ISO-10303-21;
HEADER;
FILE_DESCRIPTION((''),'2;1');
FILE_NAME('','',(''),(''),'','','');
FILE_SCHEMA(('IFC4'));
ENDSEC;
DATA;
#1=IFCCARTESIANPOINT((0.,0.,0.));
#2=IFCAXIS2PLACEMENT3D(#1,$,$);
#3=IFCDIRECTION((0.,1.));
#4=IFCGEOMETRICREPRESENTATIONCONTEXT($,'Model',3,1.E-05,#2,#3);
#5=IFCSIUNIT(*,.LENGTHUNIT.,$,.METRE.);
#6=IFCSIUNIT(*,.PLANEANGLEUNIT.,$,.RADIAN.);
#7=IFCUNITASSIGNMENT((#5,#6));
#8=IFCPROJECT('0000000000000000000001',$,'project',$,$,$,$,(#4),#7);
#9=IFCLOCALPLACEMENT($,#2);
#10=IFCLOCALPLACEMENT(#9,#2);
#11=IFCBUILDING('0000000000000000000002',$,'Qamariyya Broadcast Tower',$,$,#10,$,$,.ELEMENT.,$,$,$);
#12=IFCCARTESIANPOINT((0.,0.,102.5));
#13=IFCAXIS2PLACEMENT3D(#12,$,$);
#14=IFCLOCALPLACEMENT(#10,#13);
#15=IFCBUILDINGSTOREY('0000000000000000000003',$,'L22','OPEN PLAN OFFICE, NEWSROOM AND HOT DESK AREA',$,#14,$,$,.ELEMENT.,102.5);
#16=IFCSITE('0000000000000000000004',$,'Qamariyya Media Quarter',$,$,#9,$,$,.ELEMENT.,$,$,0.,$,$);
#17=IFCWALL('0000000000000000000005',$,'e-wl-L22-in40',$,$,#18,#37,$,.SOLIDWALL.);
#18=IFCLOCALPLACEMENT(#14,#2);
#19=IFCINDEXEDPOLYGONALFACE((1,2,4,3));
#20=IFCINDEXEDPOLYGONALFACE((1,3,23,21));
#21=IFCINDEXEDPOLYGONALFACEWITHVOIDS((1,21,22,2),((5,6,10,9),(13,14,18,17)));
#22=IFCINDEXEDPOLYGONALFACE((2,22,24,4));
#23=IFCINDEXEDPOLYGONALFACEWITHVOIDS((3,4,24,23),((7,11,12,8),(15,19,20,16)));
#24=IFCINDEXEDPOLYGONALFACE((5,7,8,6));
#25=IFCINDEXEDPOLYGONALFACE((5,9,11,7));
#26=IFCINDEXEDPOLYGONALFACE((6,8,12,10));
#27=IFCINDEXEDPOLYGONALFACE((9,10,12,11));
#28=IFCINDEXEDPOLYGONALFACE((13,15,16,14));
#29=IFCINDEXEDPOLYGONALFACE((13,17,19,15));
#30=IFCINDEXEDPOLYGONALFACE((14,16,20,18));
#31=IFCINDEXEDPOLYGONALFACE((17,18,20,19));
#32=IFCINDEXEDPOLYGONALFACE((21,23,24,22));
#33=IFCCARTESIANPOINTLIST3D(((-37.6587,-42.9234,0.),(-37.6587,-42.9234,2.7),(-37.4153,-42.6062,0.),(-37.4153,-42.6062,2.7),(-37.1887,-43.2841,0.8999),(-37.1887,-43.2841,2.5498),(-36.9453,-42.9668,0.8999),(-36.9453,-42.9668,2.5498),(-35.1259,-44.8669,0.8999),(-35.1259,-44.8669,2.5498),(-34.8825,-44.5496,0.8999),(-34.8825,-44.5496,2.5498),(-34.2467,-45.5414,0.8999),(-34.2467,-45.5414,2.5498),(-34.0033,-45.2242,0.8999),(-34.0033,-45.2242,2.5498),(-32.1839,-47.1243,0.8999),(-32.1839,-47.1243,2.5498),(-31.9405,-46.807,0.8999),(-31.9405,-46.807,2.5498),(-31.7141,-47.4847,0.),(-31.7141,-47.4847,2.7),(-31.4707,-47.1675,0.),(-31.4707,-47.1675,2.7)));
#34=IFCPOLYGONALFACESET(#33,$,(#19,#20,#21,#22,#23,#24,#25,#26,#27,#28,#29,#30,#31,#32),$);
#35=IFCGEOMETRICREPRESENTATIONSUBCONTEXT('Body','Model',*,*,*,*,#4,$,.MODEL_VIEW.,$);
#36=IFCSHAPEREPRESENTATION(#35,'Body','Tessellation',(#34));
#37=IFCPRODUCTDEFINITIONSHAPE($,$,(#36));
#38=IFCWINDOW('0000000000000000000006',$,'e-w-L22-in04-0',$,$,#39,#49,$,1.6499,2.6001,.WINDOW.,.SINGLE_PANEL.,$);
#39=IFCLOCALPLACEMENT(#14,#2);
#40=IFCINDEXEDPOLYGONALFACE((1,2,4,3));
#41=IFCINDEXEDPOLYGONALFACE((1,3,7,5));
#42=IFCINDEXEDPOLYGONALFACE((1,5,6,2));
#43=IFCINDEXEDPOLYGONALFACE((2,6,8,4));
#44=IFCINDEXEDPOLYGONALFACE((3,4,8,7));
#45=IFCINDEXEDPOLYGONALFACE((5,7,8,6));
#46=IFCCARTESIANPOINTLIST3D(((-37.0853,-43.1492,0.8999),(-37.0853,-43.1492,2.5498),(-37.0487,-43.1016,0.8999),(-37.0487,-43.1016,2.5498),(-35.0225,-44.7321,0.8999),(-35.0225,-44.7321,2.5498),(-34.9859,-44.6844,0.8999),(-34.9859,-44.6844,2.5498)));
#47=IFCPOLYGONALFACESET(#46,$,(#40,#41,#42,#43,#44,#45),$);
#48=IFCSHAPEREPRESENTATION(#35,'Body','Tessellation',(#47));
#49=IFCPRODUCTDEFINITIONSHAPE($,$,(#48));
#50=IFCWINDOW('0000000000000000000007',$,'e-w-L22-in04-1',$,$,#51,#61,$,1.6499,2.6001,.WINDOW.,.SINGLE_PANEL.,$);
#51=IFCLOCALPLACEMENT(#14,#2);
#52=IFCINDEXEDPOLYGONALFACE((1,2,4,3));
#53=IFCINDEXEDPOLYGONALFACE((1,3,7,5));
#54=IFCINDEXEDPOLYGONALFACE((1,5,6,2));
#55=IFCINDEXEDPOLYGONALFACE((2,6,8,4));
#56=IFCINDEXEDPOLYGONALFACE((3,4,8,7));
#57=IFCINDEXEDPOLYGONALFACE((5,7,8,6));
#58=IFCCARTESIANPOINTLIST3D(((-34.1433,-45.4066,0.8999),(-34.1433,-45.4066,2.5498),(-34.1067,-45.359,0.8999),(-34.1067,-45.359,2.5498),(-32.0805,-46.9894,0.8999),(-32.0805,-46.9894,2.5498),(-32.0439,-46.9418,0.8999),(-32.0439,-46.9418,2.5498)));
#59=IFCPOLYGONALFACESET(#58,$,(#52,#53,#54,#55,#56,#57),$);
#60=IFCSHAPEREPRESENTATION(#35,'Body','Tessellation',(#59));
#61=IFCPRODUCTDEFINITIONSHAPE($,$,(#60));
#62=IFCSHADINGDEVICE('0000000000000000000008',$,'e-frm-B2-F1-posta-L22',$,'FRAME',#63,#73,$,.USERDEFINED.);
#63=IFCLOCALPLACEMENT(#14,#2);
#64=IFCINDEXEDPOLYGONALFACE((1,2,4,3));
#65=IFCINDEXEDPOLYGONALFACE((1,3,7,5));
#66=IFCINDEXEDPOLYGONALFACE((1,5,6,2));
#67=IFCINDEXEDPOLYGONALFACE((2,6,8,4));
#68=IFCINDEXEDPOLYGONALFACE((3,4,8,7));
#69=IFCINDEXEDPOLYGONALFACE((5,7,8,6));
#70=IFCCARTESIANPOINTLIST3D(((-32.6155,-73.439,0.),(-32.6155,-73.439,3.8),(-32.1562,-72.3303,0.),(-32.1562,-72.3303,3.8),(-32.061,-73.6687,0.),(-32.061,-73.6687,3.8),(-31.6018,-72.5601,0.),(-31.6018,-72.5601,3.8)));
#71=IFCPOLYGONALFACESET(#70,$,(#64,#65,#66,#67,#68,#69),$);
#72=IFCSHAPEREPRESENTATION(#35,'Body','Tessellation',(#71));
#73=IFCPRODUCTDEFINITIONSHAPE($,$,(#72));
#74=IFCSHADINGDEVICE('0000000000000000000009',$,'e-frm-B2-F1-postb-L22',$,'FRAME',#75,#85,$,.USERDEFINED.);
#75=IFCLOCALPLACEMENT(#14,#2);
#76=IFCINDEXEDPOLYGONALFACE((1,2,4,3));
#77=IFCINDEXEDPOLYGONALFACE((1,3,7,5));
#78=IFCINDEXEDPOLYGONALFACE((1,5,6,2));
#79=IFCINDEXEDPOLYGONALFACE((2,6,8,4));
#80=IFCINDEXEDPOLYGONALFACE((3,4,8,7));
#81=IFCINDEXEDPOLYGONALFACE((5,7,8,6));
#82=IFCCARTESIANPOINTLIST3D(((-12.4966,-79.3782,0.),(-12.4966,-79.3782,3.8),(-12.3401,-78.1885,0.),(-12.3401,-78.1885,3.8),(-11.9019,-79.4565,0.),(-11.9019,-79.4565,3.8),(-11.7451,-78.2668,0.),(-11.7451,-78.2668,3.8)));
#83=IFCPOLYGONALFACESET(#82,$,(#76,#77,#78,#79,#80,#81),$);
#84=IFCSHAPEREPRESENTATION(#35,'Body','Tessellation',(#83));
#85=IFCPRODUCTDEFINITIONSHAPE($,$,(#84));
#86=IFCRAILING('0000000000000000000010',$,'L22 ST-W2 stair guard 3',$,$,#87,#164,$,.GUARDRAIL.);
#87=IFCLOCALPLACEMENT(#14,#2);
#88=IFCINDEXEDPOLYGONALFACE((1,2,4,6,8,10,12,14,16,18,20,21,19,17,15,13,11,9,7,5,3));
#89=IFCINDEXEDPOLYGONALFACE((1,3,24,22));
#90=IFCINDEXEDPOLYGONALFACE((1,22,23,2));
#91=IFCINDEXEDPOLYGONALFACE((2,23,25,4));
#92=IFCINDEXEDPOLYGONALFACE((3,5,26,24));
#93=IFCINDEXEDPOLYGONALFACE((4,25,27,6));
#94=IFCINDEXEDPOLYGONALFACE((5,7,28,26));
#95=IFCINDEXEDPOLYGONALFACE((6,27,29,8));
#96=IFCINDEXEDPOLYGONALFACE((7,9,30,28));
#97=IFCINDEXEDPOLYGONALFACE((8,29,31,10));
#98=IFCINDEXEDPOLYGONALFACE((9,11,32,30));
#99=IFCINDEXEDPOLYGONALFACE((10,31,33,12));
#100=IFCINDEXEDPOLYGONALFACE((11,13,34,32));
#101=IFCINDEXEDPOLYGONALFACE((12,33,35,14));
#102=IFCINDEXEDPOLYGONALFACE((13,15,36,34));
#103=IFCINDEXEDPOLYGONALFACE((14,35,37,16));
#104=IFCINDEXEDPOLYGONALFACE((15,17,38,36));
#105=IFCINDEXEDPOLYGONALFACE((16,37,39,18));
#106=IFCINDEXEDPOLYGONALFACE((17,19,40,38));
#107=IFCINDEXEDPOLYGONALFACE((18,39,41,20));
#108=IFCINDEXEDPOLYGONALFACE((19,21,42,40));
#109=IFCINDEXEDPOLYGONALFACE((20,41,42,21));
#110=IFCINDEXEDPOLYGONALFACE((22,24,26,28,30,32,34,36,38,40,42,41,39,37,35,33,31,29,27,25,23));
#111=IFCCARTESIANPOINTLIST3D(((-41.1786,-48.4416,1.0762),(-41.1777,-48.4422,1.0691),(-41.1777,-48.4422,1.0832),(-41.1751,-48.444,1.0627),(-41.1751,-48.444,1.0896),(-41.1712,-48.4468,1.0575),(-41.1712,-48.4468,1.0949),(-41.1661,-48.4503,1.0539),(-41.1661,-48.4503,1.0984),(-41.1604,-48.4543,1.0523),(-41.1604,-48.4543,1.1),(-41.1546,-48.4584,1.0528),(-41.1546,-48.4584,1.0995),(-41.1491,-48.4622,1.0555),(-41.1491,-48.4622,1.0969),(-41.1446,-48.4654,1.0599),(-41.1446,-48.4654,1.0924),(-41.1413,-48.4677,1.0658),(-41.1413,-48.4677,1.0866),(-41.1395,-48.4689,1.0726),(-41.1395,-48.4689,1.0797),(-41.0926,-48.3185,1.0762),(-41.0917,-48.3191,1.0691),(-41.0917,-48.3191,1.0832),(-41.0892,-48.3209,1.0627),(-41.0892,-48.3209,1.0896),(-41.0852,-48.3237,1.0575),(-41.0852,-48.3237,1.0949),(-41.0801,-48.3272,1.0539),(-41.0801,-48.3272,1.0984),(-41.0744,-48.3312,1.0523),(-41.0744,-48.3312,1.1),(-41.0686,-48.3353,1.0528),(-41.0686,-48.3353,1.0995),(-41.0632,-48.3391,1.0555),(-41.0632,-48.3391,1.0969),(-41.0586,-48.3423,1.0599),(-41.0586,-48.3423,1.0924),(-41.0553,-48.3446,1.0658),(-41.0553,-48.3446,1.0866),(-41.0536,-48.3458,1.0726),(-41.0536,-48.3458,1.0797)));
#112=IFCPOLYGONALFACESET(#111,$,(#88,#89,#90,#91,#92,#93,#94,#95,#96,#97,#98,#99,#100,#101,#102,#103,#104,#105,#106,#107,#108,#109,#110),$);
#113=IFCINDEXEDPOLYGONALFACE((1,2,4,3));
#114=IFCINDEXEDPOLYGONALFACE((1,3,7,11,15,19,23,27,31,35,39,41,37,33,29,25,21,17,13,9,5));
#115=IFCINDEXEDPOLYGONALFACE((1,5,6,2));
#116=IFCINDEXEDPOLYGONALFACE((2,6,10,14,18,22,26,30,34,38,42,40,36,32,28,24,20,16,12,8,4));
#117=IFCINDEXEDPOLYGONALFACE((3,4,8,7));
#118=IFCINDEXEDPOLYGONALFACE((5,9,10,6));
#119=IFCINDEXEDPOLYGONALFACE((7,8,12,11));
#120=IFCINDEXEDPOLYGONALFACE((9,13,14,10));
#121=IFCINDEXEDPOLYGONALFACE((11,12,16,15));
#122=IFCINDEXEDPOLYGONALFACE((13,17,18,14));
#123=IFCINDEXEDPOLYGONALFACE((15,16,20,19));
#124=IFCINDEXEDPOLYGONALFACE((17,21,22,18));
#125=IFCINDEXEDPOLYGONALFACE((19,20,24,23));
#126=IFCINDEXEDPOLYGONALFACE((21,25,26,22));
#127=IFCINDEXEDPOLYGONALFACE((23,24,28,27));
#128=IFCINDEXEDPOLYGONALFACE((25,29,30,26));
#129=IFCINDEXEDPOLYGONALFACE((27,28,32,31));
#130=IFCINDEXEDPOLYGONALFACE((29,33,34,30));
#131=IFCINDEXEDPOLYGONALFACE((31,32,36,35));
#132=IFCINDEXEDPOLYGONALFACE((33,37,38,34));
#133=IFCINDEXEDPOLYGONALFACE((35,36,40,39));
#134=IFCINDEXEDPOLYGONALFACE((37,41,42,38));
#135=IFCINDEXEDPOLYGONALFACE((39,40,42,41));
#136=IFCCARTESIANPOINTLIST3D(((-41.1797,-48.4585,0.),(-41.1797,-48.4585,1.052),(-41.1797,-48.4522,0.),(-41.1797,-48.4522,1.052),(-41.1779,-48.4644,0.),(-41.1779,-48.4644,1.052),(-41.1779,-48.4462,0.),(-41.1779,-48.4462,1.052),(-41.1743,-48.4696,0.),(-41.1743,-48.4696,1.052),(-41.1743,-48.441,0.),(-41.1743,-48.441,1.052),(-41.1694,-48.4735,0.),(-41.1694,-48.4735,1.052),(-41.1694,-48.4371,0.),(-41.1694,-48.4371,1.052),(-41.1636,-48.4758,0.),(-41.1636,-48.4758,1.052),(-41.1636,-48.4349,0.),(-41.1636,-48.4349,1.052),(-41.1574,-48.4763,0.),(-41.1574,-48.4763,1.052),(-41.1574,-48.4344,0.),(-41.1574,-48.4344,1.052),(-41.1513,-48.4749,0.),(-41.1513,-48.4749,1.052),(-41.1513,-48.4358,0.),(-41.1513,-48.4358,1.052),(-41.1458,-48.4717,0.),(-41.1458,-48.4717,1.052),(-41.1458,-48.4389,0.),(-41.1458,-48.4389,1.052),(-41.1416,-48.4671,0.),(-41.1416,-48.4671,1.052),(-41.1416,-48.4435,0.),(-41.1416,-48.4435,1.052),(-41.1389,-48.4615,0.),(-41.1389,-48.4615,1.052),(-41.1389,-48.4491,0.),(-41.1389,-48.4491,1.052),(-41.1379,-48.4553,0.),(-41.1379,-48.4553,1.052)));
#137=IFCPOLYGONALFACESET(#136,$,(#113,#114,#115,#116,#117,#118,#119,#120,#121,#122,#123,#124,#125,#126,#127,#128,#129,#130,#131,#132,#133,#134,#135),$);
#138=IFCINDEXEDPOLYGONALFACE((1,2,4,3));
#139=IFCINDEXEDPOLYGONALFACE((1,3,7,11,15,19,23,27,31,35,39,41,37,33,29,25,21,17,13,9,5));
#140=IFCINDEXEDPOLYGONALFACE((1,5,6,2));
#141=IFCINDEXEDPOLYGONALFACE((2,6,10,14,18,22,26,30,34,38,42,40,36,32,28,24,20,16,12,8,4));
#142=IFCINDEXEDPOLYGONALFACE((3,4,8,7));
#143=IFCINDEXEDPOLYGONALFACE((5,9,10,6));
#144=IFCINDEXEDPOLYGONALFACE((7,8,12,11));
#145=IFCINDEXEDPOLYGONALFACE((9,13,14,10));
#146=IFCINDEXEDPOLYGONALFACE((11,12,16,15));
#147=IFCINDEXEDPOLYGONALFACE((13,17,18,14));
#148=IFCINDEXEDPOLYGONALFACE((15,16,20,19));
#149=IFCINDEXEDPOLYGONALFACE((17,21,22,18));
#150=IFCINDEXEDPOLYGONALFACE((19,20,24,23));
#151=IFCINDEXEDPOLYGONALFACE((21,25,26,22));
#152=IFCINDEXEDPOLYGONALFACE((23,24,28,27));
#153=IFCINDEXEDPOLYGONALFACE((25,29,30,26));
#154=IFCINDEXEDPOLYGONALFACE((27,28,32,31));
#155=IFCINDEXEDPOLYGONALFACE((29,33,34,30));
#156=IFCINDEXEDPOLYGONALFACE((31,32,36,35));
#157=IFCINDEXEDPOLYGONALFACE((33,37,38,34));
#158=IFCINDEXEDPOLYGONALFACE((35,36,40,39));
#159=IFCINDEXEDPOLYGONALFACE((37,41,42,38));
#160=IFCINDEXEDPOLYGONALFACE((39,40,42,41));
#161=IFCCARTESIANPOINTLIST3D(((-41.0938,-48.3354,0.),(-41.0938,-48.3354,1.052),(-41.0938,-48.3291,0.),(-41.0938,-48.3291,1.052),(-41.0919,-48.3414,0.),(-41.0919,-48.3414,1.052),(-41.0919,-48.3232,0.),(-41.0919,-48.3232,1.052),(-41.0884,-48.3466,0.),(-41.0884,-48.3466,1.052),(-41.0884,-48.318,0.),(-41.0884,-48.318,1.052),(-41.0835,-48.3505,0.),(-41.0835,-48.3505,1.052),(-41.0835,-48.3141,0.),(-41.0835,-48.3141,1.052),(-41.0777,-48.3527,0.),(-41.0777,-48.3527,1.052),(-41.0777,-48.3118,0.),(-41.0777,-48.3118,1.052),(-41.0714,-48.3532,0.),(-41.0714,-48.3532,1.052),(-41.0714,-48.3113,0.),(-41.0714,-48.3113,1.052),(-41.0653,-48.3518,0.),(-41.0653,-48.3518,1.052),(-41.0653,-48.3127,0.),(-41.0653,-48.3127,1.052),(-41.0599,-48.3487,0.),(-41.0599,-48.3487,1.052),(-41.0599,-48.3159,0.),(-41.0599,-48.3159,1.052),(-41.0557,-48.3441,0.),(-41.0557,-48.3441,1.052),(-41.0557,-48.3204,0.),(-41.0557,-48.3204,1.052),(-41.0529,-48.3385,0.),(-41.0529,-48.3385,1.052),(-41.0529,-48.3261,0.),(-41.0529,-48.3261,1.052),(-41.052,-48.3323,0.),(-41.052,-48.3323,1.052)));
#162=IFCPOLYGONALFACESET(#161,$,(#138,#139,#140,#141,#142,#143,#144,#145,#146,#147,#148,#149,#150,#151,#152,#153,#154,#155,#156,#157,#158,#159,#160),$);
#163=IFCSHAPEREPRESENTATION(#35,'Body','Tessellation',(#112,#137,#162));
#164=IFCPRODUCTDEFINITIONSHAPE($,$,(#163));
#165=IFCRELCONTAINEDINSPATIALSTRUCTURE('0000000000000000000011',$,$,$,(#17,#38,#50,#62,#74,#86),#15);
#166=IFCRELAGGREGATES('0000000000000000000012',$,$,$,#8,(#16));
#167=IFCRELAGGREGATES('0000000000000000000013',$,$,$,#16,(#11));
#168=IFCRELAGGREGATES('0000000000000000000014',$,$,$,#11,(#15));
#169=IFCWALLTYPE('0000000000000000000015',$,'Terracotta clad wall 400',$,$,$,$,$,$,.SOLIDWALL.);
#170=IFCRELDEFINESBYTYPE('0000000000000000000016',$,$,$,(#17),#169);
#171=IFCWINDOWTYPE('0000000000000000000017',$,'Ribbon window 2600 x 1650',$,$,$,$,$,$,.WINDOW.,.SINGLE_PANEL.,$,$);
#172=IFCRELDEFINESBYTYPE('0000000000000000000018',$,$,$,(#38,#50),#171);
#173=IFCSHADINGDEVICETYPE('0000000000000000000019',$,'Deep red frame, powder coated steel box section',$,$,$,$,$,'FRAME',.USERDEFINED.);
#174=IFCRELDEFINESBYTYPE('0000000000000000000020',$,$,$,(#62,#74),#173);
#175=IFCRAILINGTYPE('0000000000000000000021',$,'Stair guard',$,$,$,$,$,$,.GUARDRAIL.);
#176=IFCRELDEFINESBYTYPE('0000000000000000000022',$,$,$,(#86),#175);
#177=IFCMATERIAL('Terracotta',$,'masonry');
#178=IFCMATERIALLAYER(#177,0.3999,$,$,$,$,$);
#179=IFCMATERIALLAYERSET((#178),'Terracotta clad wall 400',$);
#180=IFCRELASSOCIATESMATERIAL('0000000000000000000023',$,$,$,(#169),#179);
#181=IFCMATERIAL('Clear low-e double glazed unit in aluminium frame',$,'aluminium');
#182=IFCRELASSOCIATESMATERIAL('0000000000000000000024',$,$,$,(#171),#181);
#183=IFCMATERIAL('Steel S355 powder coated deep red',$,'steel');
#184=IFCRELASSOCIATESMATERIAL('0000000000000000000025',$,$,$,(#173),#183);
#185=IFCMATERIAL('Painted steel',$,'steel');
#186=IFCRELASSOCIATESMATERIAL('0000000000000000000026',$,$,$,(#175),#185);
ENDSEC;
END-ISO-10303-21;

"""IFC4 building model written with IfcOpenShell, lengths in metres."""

from ifc_helpers import new_model, si_unit, direction, frame, frame_2d, origin, origin_2d, place, context, subcontext, project, spatial, polyline, rectangle, circle, outline, extrude, material, layer, layer_set, type_object, element, fill, save


model = new_model("IFC4")

# Units and contexts
model_context = context("Model", 3, precision=1e-05, world=origin(), true_north=direction((0.0, 1.0)))
body_context = subcontext(model_context, "Body", "Model", "MODEL_VIEW")
ifc_project = project(units=[si_unit("LENGTHUNIT", "METRE"), si_unit("PLANEANGLEUNIT", "RADIAN")], contexts=[model_context])

# Site, building, storey
site_placement = place(None, origin())
site = spatial("IfcSite", under=ifc_project, at=site_placement, Name="Qamariyya Media Quarter", CompositionType="ELEMENT", RefElevation=0.0)
building_placement = place(site_placement, origin())
building = spatial("IfcBuilding", under=site, at=building_placement, Name="Qamariyya Broadcast Tower", CompositionType="ELEMENT")
storey_placement = place(building_placement, frame((0.0, 0.0, 102.5)))
storey = spatial("IfcBuildingStorey", under=building, at=storey_placement, Name="L22", Description="OPEN PLAN OFFICE, NEWSROOM AND HOT DESK AREA", CompositionType="ELEMENT", Elevation=102.5)

# Wall, openings, windows
ifc_material_1 = material(Name="Terracotta", Category="masonry")
ifc_layer_1 = layer(ifc_material_1, 0.3999)
ifc_layer_set_1 = layer_set([ifc_layer_1], Name="Terracotta clad wall 400")
wall_type = type_object("IfcWallType", Name="Terracotta clad wall 400", PredefinedType="SOLIDWALL", material=ifc_layer_set_1)
ifc_material_2 = material(Name="Clear low-e double glazed unit in aluminium frame", Category="aluminium")
window_type = type_object("IfcWindowType", Name="Ribbon window 2600 x 1650", PartitioningType="SINGLE_PANEL", PredefinedType="WINDOW", material=ifc_material_2)
wall_1_placement = place(storey_placement, frame((-31.5923, -47.3262, 0.0), z_axis=(0.0, 0.0, 1.0), x_axis=(-0.793363, 0.608748, 0.0)))
wall_1 = element("IfcWall", 1, at=wall_1_placement, inside=storey, type_object=wall_type, Name="e-wl-L22-in40", PredefinedType="SOLIDWALL", context=body_context, shape_type="SweptSolid", body=[
    extrude(rectangle(XDim=7.4929, YDim=0.3999, at=frame_2d((3.7466, 0.0))), origin(), (0.0, 0.0, 1.0), 2.7),
])
opening_1_placement = place(wall_1_placement, frame((4.3005, 0.0, 0.8999)))
opening_1 = element("IfcOpeningElement", 2, at=opening_1_placement, cuts=wall_1, PredefinedType="OPENING", context=body_context, shape_type="SweptSolid", body=[
    extrude(rectangle(XDim=2.6001, YDim=1.6499, at=frame_2d((1.3, 0.825))), frame((0.0, 0.21, 0.0), z_axis=(0.0, -1.0, 0.0), x_axis=(1.0, 0.0, 0.0)), (0.0, 0.0, 1.0), 0.4199),
])
opening_2_placement = place(wall_1_placement, frame((0.5923, 0.0, 0.8999)))
opening_2 = element("IfcOpeningElement", 3, at=opening_2_placement, cuts=wall_1, PredefinedType="OPENING", context=body_context, shape_type="SweptSolid", body=[
    extrude(rectangle(XDim=2.6001, YDim=1.6499, at=frame_2d((1.3, 0.825))), frame((0.0, 0.21, 0.0), z_axis=(0.0, -1.0, 0.0), x_axis=(1.0, 0.0, 0.0)), (0.0, 0.0, 1.0), 0.4199),
])
window_1_placement = place(opening_1_placement, origin())
window_1 = element("IfcWindow", 4, at=window_1_placement, inside=storey, type_object=window_type, Name="e-w-L22-in04-0", OverallHeight=1.6499, OverallWidth=2.6001, PartitioningType="SINGLE_PANEL", PredefinedType="WINDOW", context=body_context, shape_type="SweptSolid", body=[
    extrude(rectangle(XDim=2.6001, YDim=1.6499, at=frame_2d((1.3, 0.825))), frame((0.0, 0.03, 0.0), z_axis=(0.0, -1.0, 0.0), x_axis=(1.0, 0.0, 0.0)), (0.0, 0.0, 1.0), 0.0601),
])
fill(opening_1, window_1)
window_2_placement = place(opening_2_placement, origin())
window_2 = element("IfcWindow", 5, at=window_2_placement, inside=storey, type_object=window_type, Name="e-w-L22-in04-1", OverallHeight=1.6499, OverallWidth=2.6001, PartitioningType="SINGLE_PANEL", PredefinedType="WINDOW", context=body_context, shape_type="SweptSolid", body=[
    extrude(rectangle(XDim=2.6001, YDim=1.6499, at=frame_2d((1.3, 0.825))), frame((0.0, 0.03, 0.0), z_axis=(0.0, -1.0, 0.0), x_axis=(1.0, 0.0, 0.0)), (0.0, 0.0, 1.0), 0.0601),
])
fill(opening_2, window_2)

# Shading devices
ifc_material_3 = material(Name="Steel S355 powder coated deep red", Category="steel")
shading_device_type = type_object("IfcShadingDeviceType", Name="Deep red frame, powder coated steel box section", ElementType="FRAME", PredefinedType="USERDEFINED", material=ifc_material_3)
shading_device_1_placement = place(storey_placement, origin())
element("IfcShadingDevice", 6, at=shading_device_1_placement, inside=storey, type_object=shading_device_type, Name="e-frm-B2-F1-posta-L22", ObjectType="FRAME", PredefinedType="USERDEFINED", context=body_context, shape_type="SweptSolid", body=[
    extrude(outline(polyline([(-32.1562, -72.3303), (-32.6155, -73.439), (-32.061, -73.6687), (-31.6018, -72.5601), (-32.1562, -72.3303)])), origin(), (0.0, 0.0, 1.0), 3.8),
])
shading_device_2_placement = place(storey_placement, origin())
element("IfcShadingDevice", 7, at=shading_device_2_placement, inside=storey, type_object=shading_device_type, Name="e-frm-B2-F1-postb-L22", ObjectType="FRAME", PredefinedType="USERDEFINED", context=body_context, shape_type="SweptSolid", body=[
    extrude(outline(polyline([(-12.3401, -78.1885), (-12.4966, -79.3782), (-11.9019, -79.4565), (-11.7451, -78.2668), (-12.3401, -78.1885)])), origin(), (0.0, 0.0, 1.0), 3.8),
])

# Railing
ifc_material_4 = material(Name="Painted steel", Category="steel")
railing_type_1 = type_object("IfcRailingType", Name="Stair guard", PredefinedType="GUARDRAIL", material=ifc_material_4)
railing_1_placement = place(storey_placement, frame((-41.1589, -48.4553, 0.0)))
element("IfcRailing", 8, at=railing_1_placement, inside=storey, type_object=railing_type_1, Name="L22 ST-W2 stair guard 3", PredefinedType="GUARDRAIL", context=body_context, shape_type="SweptSolid", body=[
    extrude(circle(Radius=0.0239, at=origin_2d()), frame((0.0, 0.0, 1.0762), z_axis=(0.572589, 0.819843, 0.0), x_axis=(-0.819843, 0.572589, 0.0)), (0.0, 0.0, 1.0), 0.1501),
    extrude(circle(Radius=0.021, at=origin_2d()), origin(), (0.0, 0.0, 1.0), 1.052),
    extrude(circle(Radius=0.021, at=origin_2d()), frame((0.0859, 0.123, 0.0)), (0.0, 0.0, 1.0), 1.052),
])

save(model, "model.ifc")
